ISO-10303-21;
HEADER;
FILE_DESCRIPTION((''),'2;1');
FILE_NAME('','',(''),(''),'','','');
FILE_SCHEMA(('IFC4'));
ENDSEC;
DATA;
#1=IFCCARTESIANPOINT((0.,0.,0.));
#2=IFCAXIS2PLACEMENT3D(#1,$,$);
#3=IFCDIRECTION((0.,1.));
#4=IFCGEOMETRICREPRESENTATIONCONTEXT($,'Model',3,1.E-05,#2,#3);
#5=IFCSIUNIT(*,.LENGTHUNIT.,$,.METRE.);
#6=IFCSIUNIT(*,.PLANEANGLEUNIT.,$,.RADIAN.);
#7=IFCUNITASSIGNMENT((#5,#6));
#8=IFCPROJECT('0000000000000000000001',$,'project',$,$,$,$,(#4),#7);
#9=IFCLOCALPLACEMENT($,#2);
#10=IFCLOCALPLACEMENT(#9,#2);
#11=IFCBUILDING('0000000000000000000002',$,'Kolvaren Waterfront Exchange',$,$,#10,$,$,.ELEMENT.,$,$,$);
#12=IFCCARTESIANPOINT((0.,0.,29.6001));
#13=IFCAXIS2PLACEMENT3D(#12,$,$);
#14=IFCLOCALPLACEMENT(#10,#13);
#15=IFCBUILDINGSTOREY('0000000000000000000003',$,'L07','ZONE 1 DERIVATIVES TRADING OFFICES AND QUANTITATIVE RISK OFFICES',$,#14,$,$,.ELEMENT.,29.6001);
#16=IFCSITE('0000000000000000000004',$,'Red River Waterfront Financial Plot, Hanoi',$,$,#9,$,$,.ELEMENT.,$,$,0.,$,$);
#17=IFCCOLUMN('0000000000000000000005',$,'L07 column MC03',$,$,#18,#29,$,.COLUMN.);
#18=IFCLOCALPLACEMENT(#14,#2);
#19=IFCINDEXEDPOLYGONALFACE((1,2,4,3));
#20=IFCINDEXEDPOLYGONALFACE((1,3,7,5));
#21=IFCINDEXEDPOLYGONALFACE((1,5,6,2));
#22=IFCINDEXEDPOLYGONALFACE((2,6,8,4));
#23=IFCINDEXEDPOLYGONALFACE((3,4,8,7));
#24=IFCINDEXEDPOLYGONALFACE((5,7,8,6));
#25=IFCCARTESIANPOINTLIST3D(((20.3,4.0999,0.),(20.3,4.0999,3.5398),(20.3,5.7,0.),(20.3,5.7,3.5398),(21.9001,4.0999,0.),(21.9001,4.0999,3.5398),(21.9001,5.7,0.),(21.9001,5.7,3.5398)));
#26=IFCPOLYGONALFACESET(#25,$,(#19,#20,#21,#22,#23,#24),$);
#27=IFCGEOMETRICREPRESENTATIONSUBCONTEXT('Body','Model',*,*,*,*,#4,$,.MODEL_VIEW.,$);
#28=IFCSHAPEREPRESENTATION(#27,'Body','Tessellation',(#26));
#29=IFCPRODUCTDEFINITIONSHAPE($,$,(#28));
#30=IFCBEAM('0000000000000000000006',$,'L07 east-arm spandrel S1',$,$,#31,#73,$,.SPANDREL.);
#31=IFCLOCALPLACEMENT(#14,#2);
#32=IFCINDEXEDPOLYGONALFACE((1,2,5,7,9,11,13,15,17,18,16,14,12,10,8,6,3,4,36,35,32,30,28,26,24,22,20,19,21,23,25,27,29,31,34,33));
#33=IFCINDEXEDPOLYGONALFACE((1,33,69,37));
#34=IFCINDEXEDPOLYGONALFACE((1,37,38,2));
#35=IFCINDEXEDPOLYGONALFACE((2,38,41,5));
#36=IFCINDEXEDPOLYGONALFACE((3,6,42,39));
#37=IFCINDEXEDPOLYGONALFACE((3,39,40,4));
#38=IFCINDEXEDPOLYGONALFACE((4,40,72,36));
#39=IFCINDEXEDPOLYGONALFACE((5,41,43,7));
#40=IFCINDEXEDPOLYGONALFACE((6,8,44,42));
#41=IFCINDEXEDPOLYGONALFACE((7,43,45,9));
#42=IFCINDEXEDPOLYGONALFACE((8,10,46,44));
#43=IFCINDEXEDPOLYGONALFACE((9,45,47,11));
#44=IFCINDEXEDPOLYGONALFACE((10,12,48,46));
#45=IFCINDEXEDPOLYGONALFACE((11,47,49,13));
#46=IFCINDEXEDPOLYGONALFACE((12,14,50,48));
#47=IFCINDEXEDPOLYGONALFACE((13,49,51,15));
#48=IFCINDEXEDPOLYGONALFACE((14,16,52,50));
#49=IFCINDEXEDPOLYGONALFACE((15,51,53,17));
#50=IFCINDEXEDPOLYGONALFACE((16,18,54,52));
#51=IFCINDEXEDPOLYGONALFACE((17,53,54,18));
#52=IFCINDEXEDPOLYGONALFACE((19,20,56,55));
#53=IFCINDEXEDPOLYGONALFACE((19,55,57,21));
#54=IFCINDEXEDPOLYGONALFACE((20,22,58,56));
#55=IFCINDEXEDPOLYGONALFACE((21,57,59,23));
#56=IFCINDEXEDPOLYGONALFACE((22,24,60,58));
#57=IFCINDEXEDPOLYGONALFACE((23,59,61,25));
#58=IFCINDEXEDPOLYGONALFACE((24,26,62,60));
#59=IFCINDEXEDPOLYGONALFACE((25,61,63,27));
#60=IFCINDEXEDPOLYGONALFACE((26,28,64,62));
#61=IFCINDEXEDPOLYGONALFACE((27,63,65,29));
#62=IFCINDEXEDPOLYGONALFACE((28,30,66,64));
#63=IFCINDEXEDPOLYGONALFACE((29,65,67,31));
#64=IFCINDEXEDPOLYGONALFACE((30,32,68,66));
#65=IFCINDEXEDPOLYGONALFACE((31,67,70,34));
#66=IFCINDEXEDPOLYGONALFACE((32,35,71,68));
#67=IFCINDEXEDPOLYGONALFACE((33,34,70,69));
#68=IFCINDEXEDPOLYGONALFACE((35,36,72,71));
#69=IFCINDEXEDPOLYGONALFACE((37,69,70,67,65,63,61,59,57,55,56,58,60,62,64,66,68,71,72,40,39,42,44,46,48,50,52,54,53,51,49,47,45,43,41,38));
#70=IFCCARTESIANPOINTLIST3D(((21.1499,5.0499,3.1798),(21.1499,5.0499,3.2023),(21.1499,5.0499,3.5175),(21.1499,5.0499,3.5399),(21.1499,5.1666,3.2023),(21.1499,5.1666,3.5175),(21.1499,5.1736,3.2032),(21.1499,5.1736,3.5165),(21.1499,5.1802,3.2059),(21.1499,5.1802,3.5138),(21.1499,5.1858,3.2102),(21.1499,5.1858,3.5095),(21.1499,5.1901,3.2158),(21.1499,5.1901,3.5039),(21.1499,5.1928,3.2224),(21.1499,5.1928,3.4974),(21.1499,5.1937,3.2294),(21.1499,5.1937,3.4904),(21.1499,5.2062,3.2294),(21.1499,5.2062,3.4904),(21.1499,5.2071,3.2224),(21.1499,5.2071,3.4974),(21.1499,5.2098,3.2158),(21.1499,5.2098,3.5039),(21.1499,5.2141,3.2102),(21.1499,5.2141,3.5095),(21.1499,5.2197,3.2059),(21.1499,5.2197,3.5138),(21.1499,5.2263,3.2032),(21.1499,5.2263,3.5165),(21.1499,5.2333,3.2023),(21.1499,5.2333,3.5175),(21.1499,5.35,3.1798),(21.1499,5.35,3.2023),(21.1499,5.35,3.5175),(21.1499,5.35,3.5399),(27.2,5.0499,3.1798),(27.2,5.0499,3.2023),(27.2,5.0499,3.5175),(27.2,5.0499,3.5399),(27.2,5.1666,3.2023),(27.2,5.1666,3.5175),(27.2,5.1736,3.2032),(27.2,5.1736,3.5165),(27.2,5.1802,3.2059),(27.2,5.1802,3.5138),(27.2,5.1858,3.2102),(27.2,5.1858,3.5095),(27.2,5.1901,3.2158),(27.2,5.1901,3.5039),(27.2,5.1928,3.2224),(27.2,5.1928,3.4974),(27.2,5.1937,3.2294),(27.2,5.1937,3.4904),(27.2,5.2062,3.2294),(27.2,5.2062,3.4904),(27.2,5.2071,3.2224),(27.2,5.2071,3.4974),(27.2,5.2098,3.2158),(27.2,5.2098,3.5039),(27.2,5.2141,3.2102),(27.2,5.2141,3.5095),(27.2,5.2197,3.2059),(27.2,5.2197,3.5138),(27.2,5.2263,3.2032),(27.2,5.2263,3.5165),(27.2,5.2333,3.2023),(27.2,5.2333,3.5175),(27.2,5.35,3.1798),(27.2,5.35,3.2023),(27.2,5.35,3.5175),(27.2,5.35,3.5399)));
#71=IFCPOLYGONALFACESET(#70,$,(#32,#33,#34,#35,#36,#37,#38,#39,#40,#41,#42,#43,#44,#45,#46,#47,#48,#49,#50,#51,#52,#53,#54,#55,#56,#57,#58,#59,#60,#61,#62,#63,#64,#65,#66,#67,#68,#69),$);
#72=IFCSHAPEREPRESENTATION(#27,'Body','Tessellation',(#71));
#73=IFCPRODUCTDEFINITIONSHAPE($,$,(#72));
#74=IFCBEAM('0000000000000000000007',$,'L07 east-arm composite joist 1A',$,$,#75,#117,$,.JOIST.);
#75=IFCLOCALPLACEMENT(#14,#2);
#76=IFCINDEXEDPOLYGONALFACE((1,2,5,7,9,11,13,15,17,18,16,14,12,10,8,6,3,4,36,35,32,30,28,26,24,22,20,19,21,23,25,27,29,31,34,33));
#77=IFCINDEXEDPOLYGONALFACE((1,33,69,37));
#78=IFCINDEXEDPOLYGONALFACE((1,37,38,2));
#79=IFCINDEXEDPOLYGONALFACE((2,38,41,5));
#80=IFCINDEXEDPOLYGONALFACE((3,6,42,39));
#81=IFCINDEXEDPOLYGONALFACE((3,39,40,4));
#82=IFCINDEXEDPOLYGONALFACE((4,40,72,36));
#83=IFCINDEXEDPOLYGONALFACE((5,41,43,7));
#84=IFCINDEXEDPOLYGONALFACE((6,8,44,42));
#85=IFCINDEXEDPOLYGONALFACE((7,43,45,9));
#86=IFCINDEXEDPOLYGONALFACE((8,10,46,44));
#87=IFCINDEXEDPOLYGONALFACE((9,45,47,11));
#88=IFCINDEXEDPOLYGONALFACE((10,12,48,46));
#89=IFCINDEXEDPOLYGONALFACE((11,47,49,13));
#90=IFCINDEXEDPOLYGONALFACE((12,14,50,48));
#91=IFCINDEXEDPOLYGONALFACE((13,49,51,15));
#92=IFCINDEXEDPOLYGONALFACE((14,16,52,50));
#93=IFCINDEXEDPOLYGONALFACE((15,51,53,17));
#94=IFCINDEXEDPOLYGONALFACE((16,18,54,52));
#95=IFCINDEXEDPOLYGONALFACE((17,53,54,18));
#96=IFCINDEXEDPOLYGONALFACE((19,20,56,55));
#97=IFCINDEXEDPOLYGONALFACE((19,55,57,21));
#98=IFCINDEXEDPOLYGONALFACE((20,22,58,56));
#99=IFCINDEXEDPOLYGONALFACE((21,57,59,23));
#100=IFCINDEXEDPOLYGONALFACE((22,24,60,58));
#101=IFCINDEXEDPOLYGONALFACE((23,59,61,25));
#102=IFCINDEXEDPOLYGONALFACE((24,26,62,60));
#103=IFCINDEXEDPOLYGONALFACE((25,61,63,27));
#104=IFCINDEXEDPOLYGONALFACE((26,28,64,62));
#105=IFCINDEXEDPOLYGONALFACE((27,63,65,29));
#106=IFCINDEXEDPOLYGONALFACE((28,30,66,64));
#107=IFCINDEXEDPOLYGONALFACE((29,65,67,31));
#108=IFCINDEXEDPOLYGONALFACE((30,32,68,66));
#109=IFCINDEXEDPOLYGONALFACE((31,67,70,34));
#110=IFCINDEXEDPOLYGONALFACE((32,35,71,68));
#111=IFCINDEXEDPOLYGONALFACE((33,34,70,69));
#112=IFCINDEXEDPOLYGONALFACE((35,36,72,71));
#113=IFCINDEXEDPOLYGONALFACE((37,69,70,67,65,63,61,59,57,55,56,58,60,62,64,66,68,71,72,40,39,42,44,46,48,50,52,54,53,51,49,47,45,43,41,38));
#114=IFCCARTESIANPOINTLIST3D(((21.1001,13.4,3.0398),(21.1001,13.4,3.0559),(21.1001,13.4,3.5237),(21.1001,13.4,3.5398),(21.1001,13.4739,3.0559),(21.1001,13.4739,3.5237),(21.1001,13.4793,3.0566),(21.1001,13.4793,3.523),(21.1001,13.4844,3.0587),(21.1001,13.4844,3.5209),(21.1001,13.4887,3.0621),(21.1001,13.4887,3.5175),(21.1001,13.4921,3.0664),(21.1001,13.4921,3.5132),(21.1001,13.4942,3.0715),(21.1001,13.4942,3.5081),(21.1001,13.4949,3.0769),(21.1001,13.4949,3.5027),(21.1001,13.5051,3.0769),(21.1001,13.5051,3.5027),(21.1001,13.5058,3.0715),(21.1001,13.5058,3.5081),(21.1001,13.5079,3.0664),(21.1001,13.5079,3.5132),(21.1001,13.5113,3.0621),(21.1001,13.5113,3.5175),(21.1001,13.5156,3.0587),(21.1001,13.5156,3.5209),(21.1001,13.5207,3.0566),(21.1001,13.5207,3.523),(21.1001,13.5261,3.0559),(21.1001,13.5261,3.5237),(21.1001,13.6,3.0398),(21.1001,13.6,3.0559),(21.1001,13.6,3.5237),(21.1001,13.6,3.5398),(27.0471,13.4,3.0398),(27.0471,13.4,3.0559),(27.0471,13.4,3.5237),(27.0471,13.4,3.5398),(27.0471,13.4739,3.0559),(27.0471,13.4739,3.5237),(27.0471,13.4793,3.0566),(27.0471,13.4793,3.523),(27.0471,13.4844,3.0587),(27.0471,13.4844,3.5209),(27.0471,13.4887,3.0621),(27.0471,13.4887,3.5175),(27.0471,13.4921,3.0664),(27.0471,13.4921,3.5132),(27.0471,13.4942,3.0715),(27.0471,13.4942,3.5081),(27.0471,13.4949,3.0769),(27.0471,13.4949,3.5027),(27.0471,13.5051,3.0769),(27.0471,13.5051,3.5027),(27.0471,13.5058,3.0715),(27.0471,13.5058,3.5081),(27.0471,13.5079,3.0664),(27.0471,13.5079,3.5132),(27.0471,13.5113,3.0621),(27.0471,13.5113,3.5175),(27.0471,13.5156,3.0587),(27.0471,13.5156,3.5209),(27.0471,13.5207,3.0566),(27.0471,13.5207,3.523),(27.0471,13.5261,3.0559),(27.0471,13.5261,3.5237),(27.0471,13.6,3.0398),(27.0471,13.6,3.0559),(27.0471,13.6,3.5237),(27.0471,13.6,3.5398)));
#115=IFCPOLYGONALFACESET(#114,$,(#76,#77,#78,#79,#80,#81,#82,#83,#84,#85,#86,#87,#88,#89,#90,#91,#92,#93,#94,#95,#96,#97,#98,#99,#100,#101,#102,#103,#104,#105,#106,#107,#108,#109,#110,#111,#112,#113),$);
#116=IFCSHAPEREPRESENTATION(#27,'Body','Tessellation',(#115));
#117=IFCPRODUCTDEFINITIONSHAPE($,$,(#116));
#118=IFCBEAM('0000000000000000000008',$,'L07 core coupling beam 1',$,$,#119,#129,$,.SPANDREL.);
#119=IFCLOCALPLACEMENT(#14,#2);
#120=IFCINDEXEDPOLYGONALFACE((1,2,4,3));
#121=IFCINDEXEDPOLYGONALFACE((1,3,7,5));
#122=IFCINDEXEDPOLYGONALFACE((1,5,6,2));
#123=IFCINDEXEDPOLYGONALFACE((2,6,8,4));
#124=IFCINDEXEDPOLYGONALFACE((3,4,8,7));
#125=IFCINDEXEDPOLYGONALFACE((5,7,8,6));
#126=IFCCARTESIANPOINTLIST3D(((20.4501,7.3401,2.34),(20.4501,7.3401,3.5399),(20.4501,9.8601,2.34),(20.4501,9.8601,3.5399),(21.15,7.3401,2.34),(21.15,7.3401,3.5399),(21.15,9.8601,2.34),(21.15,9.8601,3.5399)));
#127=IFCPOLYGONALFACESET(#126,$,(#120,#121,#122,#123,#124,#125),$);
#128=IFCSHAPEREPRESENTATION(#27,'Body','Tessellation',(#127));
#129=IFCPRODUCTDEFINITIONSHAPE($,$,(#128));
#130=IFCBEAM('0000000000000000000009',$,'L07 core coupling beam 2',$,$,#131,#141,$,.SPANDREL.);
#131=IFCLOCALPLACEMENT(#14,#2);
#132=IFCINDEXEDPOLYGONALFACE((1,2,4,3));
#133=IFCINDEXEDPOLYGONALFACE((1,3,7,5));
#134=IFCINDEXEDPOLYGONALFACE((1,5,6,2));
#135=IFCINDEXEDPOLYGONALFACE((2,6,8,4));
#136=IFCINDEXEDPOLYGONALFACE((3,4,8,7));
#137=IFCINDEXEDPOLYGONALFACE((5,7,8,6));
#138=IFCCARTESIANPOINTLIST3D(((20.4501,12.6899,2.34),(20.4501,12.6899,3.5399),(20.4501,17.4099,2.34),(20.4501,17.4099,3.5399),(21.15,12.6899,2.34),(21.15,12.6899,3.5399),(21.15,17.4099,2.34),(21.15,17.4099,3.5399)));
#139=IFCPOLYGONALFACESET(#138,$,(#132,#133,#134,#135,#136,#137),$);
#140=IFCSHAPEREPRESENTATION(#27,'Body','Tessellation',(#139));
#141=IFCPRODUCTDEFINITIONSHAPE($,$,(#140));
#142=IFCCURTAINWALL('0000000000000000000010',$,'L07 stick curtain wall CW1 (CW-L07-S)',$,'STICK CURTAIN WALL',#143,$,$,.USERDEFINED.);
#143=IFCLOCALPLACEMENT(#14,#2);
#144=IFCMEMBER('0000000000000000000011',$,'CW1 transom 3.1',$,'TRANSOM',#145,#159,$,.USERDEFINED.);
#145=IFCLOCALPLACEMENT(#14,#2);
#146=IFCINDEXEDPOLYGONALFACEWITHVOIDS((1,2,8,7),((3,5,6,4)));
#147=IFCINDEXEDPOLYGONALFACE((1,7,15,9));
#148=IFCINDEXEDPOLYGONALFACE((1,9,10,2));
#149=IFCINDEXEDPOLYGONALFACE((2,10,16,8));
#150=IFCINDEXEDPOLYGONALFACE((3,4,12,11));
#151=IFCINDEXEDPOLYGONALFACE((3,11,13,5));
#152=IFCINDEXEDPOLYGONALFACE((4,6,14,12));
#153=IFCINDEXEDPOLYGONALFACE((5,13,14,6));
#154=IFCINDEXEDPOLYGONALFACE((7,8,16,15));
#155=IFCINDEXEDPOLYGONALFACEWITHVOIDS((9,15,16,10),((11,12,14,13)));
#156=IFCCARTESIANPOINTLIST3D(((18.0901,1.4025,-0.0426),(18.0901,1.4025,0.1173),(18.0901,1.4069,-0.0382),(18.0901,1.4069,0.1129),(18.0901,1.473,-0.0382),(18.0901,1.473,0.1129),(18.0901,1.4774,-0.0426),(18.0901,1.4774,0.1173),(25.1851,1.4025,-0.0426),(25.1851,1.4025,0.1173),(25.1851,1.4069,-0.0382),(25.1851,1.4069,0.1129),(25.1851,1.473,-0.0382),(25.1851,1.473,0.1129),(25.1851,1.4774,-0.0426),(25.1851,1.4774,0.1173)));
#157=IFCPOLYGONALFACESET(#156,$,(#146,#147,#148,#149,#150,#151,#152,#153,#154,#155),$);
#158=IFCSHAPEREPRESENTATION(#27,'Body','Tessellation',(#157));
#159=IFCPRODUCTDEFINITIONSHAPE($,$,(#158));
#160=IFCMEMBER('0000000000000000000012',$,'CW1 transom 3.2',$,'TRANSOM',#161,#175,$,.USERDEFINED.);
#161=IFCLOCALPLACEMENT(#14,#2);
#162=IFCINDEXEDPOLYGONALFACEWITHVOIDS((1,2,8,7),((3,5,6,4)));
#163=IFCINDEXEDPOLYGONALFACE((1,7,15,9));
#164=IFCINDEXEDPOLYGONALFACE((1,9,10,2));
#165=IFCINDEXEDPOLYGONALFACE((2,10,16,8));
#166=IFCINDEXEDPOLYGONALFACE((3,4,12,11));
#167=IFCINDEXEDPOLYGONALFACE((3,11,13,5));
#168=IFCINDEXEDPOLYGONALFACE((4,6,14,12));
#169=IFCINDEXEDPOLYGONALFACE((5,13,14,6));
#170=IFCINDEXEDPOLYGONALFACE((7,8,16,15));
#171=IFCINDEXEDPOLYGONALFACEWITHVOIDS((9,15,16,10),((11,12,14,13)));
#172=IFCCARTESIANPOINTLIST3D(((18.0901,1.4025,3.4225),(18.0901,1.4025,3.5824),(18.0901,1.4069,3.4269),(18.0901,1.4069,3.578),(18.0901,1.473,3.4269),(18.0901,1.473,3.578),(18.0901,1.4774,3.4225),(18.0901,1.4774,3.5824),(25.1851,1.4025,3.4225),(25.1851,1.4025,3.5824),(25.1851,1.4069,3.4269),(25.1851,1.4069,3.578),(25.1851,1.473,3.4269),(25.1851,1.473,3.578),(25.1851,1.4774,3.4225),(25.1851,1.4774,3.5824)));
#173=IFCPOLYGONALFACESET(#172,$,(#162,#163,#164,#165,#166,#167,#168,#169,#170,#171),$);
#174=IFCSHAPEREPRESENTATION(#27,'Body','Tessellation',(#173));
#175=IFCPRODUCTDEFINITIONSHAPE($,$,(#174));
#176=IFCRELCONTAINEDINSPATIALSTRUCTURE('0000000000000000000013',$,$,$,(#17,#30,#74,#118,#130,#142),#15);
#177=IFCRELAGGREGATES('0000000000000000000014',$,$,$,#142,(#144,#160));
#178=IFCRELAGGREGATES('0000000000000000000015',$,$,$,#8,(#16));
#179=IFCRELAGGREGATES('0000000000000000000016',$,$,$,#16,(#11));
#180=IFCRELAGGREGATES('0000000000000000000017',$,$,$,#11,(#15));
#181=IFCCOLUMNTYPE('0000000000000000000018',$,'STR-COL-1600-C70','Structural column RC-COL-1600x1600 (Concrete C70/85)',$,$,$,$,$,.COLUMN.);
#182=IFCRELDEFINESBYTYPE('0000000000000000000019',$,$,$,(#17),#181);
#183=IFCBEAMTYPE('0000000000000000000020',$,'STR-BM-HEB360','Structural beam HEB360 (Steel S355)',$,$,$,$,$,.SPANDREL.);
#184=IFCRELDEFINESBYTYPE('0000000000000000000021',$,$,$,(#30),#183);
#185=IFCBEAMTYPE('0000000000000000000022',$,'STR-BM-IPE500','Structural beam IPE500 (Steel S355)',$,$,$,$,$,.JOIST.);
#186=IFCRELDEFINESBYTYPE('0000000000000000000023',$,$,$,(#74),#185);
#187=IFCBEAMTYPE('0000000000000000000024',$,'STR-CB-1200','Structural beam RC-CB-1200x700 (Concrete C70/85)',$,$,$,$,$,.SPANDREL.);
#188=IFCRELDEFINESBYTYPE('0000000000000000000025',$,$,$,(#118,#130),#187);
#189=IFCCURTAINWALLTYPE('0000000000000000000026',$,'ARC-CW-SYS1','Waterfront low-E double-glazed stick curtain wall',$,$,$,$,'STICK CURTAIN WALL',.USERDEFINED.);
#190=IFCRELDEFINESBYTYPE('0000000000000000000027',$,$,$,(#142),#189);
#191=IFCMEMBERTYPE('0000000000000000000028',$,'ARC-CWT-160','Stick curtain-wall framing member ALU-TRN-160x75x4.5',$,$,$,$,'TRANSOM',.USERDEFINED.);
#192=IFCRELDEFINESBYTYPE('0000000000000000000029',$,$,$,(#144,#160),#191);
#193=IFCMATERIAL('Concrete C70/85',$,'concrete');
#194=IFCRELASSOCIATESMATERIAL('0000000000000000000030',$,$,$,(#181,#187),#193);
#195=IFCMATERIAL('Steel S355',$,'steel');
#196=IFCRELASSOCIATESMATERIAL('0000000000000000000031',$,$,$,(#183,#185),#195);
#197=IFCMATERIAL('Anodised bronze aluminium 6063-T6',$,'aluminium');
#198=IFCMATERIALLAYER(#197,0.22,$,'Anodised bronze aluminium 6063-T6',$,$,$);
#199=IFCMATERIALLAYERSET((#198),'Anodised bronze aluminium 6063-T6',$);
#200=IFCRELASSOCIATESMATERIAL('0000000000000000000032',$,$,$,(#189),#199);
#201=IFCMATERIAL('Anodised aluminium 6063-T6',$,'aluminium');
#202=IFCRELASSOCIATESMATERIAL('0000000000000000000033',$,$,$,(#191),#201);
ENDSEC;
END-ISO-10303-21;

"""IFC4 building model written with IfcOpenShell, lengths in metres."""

from ifc_helpers import new_model, si_unit, direction, frame, origin, origin_with_axes, origin_2d, place, context, subcontext, project, spatial, rectangle, hollow_rectangle, i_section, extrude, source, transform, mapped, material, layer, layer_set, material_profile, profile_set, type_object, element, aggregate, save


model = new_model("IFC4")

# Units and contexts
model_context = context("Model", 3, precision=1e-05, world=origin(), true_north=direction((0.0, 1.0)))
body_context = subcontext(model_context, "Body", "Model", "MODEL_VIEW")
ifc_project = project(units=[si_unit("LENGTHUNIT", "METRE"), si_unit("PLANEANGLEUNIT", "RADIAN")], contexts=[model_context])

# Site, building, storey
site_placement = place(None, origin())
site = spatial("IfcSite", under=ifc_project, at=site_placement, Name="Red River Waterfront Financial Plot, Hanoi", CompositionType="ELEMENT", RefElevation=0.0)
building_placement = place(site_placement, origin())
building = spatial("IfcBuilding", under=site, at=building_placement, Name="Kolvaren Waterfront Exchange", CompositionType="ELEMENT")
storey_placement = place(building_placement, frame((0.0, 0.0, 29.6001)))
storey = spatial("IfcBuildingStorey", under=building, at=storey_placement, Name="L07", Description="ZONE 1 DERIVATIVES TRADING OFFICES AND QUANTITATIVE RISK OFFICES", CompositionType="ELEMENT", Elevation=29.6001)

# Column
ifc_material_1 = material(Name="Concrete C70/85", Category="concrete")
ifc_material_profile_1 = material_profile(ifc_material_1, rectangle(XDim=1.6001, YDim=1.6001, at=origin_2d()), Name="RC-COL-1600x1600")
ifc_profile_set_1 = profile_set([ifc_material_profile_1], Name="Concrete C70/85")
column_type = type_object("IfcColumnType", Name="STR-COL-1600-C70", Description="Structural column RC-COL-1600x1600 (Concrete C70/85)", PredefinedType="COLUMN", material=ifc_profile_set_1)
column_placement = place(storey_placement, frame((21.1001, 4.8999, 0.0), z_axis=(0.0, 0.0, 1.0), x_axis=(1.0, 0.0, 0.0)))
element("IfcColumn", 1, at=column_placement, inside=storey, type_object=column_type, Name="L07 column MC03", PredefinedType="COLUMN", context=body_context, shape_type="SweptSolid", body=[
    extrude(rectangle(XDim=1.6001, YDim=1.6001, at=origin_2d()), origin(), (0.0, 0.0, 1.0), 3.5398),
])

# Beams
ifc_material_2 = material(Name="Steel S355", Category="steel")
ifc_material_profile_2 = material_profile(ifc_material_2, i_section(OverallWidth=0.3, OverallDepth=0.3601, WebThickness=0.0125, FlangeThickness=0.0225, FilletRadius=0.0271, at=origin_2d()), Name="HEB360")
ifc_profile_set_2 = profile_set([ifc_material_profile_2], Name="Steel S355")
beam_type_1 = type_object("IfcBeamType", Name="STR-BM-HEB360", Description="Structural beam HEB360 (Steel S355)", PredefinedType="SPANDREL", material=ifc_profile_set_2)
beam_1_placement = place(storey_placement, frame((21.1499, 5.2, 3.3599), z_axis=(1.0, 0.0, 0.0), x_axis=(0.0, 1.0, 0.0)))
element("IfcBeam", 2, at=beam_1_placement, inside=storey, type_object=beam_type_1, Name="L07 east-arm spandrel S1", PredefinedType="SPANDREL", context=body_context, shape_type="SweptSolid", body=[
    extrude(i_section(OverallWidth=0.3, OverallDepth=0.3601, WebThickness=0.0125, FlangeThickness=0.0225, FilletRadius=0.0271, at=origin_2d()), origin(), (0.0, 0.0, 1.0), 6.05),
])
ifc_material_profile_3 = material_profile(ifc_material_2, i_section(OverallWidth=0.2, OverallDepth=0.5, WebThickness=0.0103, FlangeThickness=0.0161, FilletRadius=0.021, at=origin_2d()), Name="IPE500")
ifc_profile_set_3 = profile_set([ifc_material_profile_3], Name="Steel S355")
beam_type_2 = type_object("IfcBeamType", Name="STR-BM-IPE500", Description="Structural beam IPE500 (Steel S355)", PredefinedType="JOIST", material=ifc_profile_set_3)
beam_2_placement = place(storey_placement, frame((21.1001, 13.5, 3.2898), z_axis=(1.0, 0.0, 0.0), x_axis=(0.0, 1.0, 0.0)))
element("IfcBeam", 3, at=beam_2_placement, inside=storey, type_object=beam_type_2, Name="L07 east-arm composite joist 1A", PredefinedType="JOIST", context=body_context, shape_type="SweptSolid", body=[
    extrude(i_section(OverallWidth=0.2, OverallDepth=0.5, WebThickness=0.0103, FlangeThickness=0.0161, FilletRadius=0.021, at=origin_2d()), origin(), (0.0, 0.0, 1.0), 5.947),
])
ifc_material_profile_4 = material_profile(ifc_material_1, rectangle(XDim=0.7, YDim=1.2, at=origin_2d()), Name="RC-CB-1200x700")
ifc_profile_set_4 = profile_set([ifc_material_profile_4], Name="Concrete C70/85")
beam_type_3 = type_object("IfcBeamType", Name="STR-CB-1200", Description="Structural beam RC-CB-1200x700 (Concrete C70/85)", PredefinedType="SPANDREL", material=ifc_profile_set_4)
beam_3_placement = place(storey_placement, frame((20.8, 7.3401, 2.9399), z_axis=(0.0, 1.0, 0.0), x_axis=(-1.0, 0.0, 0.0)))
element("IfcBeam", 4, at=beam_3_placement, inside=storey, type_object=beam_type_3, Name="L07 core coupling beam 1", PredefinedType="SPANDREL", context=body_context, shape_type="SweptSolid", body=[
    extrude(rectangle(XDim=0.7, YDim=1.2, at=origin_2d()), origin(), (0.0, 0.0, 1.0), 2.52),
])
beam_4_placement = place(storey_placement, frame((20.8, 12.6899, 2.9399), z_axis=(0.0, 1.0, 0.0), x_axis=(-1.0, 0.0, 0.0)))
element("IfcBeam", 5, at=beam_4_placement, inside=storey, type_object=beam_type_3, Name="L07 core coupling beam 2", PredefinedType="SPANDREL", context=body_context, shape_type="SweptSolid", body=[
    extrude(rectangle(XDim=0.7, YDim=1.2, at=origin_2d()), origin(), (0.0, 0.0, 1.0), 4.72),
])

# Curtain wall, members
ifc_material_3 = material(Name="Anodised bronze aluminium 6063-T6", Category="aluminium")
ifc_layer_1 = layer(ifc_material_3, 0.22, Name="Anodised bronze aluminium 6063-T6")
ifc_layer_set_1 = layer_set([ifc_layer_1], Name="Anodised bronze aluminium 6063-T6")
curtain_wall_type = type_object("IfcCurtainWallType", Name="ARC-CW-SYS1", Description="Waterfront low-E double-glazed stick curtain wall", ElementType="STICK CURTAIN WALL", PredefinedType="USERDEFINED", material=ifc_layer_set_1)
curtain_wall_placement = place(storey_placement, origin())
curtain_wall = element("IfcCurtainWall", 6, at=curtain_wall_placement, inside=storey, type_object=curtain_wall_type, Name="L07 stick curtain wall CW1 (CW-L07-S)", ObjectType="STICK CURTAIN WALL", PredefinedType="USERDEFINED")
ifc_material_4 = material(Name="Anodised aluminium 6063-T6", Category="aluminium")
ifc_material_profile_5 = material_profile(ifc_material_4, hollow_rectangle(XDim=0.075, YDim=0.1599, WallThickness=0.0044, at=origin_2d()), Name="ALU-TRN-160x75x4.5")
ifc_profile_set_5 = profile_set([ifc_material_profile_5], Name="Anodised aluminium 6063-T6")
member_type = type_object("IfcMemberType", Name="ARC-CWT-160", Description="Stick curtain-wall framing member ALU-TRN-160x75x4.5", ElementType="TRANSOM", PredefinedType="USERDEFINED", material=ifc_profile_set_5)
shared_shape_1 = source(origin_with_axes(), body_context, "Body", "SweptSolid", [
    extrude(hollow_rectangle(XDim=0.075, YDim=0.1599, WallThickness=0.0044, at=origin_2d()), origin(), (0.0, 0.0, 1.0), 7.095),
])
member_1_placement = place(storey_placement, frame((18.0901, 1.4399, 0.0374), z_axis=(1.0, 0.0, 0.0), x_axis=(0.0, 1.0, 0.0)))
member_1 = element("IfcMember", 7, at=member_1_placement, type_object=member_type, Name="CW1 transom 3.1", ObjectType="TRANSOM", PredefinedType="USERDEFINED", context=body_context, shape_type="MappedRepresentation", body=[
    mapped(shared_shape_1, transform((0.0, 0.0, 0.0), x_axis=(1.0, 0.0, 0.0), y_axis=(0.0, 1.0, 0.0), z_axis=(0.0, 0.0, 1.0), scale=1.0)),
])
member_2_placement = place(storey_placement, frame((18.0901, 1.4399, 3.5024), z_axis=(1.0, 0.0, 0.0), x_axis=(0.0, 1.0, 0.0)))
member_2 = element("IfcMember", 8, at=member_2_placement, type_object=member_type, Name="CW1 transom 3.2", ObjectType="TRANSOM", PredefinedType="USERDEFINED", context=body_context, shape_type="MappedRepresentation", body=[
    mapped(shared_shape_1, transform((0.0, 0.0, 0.0), x_axis=(1.0, 0.0, 0.0), y_axis=(0.0, 1.0, 0.0), z_axis=(0.0, 0.0, 1.0), scale=1.0)),
])
aggregate(curtain_wall, [member_1, member_2])

save(model, "model.ifc")
